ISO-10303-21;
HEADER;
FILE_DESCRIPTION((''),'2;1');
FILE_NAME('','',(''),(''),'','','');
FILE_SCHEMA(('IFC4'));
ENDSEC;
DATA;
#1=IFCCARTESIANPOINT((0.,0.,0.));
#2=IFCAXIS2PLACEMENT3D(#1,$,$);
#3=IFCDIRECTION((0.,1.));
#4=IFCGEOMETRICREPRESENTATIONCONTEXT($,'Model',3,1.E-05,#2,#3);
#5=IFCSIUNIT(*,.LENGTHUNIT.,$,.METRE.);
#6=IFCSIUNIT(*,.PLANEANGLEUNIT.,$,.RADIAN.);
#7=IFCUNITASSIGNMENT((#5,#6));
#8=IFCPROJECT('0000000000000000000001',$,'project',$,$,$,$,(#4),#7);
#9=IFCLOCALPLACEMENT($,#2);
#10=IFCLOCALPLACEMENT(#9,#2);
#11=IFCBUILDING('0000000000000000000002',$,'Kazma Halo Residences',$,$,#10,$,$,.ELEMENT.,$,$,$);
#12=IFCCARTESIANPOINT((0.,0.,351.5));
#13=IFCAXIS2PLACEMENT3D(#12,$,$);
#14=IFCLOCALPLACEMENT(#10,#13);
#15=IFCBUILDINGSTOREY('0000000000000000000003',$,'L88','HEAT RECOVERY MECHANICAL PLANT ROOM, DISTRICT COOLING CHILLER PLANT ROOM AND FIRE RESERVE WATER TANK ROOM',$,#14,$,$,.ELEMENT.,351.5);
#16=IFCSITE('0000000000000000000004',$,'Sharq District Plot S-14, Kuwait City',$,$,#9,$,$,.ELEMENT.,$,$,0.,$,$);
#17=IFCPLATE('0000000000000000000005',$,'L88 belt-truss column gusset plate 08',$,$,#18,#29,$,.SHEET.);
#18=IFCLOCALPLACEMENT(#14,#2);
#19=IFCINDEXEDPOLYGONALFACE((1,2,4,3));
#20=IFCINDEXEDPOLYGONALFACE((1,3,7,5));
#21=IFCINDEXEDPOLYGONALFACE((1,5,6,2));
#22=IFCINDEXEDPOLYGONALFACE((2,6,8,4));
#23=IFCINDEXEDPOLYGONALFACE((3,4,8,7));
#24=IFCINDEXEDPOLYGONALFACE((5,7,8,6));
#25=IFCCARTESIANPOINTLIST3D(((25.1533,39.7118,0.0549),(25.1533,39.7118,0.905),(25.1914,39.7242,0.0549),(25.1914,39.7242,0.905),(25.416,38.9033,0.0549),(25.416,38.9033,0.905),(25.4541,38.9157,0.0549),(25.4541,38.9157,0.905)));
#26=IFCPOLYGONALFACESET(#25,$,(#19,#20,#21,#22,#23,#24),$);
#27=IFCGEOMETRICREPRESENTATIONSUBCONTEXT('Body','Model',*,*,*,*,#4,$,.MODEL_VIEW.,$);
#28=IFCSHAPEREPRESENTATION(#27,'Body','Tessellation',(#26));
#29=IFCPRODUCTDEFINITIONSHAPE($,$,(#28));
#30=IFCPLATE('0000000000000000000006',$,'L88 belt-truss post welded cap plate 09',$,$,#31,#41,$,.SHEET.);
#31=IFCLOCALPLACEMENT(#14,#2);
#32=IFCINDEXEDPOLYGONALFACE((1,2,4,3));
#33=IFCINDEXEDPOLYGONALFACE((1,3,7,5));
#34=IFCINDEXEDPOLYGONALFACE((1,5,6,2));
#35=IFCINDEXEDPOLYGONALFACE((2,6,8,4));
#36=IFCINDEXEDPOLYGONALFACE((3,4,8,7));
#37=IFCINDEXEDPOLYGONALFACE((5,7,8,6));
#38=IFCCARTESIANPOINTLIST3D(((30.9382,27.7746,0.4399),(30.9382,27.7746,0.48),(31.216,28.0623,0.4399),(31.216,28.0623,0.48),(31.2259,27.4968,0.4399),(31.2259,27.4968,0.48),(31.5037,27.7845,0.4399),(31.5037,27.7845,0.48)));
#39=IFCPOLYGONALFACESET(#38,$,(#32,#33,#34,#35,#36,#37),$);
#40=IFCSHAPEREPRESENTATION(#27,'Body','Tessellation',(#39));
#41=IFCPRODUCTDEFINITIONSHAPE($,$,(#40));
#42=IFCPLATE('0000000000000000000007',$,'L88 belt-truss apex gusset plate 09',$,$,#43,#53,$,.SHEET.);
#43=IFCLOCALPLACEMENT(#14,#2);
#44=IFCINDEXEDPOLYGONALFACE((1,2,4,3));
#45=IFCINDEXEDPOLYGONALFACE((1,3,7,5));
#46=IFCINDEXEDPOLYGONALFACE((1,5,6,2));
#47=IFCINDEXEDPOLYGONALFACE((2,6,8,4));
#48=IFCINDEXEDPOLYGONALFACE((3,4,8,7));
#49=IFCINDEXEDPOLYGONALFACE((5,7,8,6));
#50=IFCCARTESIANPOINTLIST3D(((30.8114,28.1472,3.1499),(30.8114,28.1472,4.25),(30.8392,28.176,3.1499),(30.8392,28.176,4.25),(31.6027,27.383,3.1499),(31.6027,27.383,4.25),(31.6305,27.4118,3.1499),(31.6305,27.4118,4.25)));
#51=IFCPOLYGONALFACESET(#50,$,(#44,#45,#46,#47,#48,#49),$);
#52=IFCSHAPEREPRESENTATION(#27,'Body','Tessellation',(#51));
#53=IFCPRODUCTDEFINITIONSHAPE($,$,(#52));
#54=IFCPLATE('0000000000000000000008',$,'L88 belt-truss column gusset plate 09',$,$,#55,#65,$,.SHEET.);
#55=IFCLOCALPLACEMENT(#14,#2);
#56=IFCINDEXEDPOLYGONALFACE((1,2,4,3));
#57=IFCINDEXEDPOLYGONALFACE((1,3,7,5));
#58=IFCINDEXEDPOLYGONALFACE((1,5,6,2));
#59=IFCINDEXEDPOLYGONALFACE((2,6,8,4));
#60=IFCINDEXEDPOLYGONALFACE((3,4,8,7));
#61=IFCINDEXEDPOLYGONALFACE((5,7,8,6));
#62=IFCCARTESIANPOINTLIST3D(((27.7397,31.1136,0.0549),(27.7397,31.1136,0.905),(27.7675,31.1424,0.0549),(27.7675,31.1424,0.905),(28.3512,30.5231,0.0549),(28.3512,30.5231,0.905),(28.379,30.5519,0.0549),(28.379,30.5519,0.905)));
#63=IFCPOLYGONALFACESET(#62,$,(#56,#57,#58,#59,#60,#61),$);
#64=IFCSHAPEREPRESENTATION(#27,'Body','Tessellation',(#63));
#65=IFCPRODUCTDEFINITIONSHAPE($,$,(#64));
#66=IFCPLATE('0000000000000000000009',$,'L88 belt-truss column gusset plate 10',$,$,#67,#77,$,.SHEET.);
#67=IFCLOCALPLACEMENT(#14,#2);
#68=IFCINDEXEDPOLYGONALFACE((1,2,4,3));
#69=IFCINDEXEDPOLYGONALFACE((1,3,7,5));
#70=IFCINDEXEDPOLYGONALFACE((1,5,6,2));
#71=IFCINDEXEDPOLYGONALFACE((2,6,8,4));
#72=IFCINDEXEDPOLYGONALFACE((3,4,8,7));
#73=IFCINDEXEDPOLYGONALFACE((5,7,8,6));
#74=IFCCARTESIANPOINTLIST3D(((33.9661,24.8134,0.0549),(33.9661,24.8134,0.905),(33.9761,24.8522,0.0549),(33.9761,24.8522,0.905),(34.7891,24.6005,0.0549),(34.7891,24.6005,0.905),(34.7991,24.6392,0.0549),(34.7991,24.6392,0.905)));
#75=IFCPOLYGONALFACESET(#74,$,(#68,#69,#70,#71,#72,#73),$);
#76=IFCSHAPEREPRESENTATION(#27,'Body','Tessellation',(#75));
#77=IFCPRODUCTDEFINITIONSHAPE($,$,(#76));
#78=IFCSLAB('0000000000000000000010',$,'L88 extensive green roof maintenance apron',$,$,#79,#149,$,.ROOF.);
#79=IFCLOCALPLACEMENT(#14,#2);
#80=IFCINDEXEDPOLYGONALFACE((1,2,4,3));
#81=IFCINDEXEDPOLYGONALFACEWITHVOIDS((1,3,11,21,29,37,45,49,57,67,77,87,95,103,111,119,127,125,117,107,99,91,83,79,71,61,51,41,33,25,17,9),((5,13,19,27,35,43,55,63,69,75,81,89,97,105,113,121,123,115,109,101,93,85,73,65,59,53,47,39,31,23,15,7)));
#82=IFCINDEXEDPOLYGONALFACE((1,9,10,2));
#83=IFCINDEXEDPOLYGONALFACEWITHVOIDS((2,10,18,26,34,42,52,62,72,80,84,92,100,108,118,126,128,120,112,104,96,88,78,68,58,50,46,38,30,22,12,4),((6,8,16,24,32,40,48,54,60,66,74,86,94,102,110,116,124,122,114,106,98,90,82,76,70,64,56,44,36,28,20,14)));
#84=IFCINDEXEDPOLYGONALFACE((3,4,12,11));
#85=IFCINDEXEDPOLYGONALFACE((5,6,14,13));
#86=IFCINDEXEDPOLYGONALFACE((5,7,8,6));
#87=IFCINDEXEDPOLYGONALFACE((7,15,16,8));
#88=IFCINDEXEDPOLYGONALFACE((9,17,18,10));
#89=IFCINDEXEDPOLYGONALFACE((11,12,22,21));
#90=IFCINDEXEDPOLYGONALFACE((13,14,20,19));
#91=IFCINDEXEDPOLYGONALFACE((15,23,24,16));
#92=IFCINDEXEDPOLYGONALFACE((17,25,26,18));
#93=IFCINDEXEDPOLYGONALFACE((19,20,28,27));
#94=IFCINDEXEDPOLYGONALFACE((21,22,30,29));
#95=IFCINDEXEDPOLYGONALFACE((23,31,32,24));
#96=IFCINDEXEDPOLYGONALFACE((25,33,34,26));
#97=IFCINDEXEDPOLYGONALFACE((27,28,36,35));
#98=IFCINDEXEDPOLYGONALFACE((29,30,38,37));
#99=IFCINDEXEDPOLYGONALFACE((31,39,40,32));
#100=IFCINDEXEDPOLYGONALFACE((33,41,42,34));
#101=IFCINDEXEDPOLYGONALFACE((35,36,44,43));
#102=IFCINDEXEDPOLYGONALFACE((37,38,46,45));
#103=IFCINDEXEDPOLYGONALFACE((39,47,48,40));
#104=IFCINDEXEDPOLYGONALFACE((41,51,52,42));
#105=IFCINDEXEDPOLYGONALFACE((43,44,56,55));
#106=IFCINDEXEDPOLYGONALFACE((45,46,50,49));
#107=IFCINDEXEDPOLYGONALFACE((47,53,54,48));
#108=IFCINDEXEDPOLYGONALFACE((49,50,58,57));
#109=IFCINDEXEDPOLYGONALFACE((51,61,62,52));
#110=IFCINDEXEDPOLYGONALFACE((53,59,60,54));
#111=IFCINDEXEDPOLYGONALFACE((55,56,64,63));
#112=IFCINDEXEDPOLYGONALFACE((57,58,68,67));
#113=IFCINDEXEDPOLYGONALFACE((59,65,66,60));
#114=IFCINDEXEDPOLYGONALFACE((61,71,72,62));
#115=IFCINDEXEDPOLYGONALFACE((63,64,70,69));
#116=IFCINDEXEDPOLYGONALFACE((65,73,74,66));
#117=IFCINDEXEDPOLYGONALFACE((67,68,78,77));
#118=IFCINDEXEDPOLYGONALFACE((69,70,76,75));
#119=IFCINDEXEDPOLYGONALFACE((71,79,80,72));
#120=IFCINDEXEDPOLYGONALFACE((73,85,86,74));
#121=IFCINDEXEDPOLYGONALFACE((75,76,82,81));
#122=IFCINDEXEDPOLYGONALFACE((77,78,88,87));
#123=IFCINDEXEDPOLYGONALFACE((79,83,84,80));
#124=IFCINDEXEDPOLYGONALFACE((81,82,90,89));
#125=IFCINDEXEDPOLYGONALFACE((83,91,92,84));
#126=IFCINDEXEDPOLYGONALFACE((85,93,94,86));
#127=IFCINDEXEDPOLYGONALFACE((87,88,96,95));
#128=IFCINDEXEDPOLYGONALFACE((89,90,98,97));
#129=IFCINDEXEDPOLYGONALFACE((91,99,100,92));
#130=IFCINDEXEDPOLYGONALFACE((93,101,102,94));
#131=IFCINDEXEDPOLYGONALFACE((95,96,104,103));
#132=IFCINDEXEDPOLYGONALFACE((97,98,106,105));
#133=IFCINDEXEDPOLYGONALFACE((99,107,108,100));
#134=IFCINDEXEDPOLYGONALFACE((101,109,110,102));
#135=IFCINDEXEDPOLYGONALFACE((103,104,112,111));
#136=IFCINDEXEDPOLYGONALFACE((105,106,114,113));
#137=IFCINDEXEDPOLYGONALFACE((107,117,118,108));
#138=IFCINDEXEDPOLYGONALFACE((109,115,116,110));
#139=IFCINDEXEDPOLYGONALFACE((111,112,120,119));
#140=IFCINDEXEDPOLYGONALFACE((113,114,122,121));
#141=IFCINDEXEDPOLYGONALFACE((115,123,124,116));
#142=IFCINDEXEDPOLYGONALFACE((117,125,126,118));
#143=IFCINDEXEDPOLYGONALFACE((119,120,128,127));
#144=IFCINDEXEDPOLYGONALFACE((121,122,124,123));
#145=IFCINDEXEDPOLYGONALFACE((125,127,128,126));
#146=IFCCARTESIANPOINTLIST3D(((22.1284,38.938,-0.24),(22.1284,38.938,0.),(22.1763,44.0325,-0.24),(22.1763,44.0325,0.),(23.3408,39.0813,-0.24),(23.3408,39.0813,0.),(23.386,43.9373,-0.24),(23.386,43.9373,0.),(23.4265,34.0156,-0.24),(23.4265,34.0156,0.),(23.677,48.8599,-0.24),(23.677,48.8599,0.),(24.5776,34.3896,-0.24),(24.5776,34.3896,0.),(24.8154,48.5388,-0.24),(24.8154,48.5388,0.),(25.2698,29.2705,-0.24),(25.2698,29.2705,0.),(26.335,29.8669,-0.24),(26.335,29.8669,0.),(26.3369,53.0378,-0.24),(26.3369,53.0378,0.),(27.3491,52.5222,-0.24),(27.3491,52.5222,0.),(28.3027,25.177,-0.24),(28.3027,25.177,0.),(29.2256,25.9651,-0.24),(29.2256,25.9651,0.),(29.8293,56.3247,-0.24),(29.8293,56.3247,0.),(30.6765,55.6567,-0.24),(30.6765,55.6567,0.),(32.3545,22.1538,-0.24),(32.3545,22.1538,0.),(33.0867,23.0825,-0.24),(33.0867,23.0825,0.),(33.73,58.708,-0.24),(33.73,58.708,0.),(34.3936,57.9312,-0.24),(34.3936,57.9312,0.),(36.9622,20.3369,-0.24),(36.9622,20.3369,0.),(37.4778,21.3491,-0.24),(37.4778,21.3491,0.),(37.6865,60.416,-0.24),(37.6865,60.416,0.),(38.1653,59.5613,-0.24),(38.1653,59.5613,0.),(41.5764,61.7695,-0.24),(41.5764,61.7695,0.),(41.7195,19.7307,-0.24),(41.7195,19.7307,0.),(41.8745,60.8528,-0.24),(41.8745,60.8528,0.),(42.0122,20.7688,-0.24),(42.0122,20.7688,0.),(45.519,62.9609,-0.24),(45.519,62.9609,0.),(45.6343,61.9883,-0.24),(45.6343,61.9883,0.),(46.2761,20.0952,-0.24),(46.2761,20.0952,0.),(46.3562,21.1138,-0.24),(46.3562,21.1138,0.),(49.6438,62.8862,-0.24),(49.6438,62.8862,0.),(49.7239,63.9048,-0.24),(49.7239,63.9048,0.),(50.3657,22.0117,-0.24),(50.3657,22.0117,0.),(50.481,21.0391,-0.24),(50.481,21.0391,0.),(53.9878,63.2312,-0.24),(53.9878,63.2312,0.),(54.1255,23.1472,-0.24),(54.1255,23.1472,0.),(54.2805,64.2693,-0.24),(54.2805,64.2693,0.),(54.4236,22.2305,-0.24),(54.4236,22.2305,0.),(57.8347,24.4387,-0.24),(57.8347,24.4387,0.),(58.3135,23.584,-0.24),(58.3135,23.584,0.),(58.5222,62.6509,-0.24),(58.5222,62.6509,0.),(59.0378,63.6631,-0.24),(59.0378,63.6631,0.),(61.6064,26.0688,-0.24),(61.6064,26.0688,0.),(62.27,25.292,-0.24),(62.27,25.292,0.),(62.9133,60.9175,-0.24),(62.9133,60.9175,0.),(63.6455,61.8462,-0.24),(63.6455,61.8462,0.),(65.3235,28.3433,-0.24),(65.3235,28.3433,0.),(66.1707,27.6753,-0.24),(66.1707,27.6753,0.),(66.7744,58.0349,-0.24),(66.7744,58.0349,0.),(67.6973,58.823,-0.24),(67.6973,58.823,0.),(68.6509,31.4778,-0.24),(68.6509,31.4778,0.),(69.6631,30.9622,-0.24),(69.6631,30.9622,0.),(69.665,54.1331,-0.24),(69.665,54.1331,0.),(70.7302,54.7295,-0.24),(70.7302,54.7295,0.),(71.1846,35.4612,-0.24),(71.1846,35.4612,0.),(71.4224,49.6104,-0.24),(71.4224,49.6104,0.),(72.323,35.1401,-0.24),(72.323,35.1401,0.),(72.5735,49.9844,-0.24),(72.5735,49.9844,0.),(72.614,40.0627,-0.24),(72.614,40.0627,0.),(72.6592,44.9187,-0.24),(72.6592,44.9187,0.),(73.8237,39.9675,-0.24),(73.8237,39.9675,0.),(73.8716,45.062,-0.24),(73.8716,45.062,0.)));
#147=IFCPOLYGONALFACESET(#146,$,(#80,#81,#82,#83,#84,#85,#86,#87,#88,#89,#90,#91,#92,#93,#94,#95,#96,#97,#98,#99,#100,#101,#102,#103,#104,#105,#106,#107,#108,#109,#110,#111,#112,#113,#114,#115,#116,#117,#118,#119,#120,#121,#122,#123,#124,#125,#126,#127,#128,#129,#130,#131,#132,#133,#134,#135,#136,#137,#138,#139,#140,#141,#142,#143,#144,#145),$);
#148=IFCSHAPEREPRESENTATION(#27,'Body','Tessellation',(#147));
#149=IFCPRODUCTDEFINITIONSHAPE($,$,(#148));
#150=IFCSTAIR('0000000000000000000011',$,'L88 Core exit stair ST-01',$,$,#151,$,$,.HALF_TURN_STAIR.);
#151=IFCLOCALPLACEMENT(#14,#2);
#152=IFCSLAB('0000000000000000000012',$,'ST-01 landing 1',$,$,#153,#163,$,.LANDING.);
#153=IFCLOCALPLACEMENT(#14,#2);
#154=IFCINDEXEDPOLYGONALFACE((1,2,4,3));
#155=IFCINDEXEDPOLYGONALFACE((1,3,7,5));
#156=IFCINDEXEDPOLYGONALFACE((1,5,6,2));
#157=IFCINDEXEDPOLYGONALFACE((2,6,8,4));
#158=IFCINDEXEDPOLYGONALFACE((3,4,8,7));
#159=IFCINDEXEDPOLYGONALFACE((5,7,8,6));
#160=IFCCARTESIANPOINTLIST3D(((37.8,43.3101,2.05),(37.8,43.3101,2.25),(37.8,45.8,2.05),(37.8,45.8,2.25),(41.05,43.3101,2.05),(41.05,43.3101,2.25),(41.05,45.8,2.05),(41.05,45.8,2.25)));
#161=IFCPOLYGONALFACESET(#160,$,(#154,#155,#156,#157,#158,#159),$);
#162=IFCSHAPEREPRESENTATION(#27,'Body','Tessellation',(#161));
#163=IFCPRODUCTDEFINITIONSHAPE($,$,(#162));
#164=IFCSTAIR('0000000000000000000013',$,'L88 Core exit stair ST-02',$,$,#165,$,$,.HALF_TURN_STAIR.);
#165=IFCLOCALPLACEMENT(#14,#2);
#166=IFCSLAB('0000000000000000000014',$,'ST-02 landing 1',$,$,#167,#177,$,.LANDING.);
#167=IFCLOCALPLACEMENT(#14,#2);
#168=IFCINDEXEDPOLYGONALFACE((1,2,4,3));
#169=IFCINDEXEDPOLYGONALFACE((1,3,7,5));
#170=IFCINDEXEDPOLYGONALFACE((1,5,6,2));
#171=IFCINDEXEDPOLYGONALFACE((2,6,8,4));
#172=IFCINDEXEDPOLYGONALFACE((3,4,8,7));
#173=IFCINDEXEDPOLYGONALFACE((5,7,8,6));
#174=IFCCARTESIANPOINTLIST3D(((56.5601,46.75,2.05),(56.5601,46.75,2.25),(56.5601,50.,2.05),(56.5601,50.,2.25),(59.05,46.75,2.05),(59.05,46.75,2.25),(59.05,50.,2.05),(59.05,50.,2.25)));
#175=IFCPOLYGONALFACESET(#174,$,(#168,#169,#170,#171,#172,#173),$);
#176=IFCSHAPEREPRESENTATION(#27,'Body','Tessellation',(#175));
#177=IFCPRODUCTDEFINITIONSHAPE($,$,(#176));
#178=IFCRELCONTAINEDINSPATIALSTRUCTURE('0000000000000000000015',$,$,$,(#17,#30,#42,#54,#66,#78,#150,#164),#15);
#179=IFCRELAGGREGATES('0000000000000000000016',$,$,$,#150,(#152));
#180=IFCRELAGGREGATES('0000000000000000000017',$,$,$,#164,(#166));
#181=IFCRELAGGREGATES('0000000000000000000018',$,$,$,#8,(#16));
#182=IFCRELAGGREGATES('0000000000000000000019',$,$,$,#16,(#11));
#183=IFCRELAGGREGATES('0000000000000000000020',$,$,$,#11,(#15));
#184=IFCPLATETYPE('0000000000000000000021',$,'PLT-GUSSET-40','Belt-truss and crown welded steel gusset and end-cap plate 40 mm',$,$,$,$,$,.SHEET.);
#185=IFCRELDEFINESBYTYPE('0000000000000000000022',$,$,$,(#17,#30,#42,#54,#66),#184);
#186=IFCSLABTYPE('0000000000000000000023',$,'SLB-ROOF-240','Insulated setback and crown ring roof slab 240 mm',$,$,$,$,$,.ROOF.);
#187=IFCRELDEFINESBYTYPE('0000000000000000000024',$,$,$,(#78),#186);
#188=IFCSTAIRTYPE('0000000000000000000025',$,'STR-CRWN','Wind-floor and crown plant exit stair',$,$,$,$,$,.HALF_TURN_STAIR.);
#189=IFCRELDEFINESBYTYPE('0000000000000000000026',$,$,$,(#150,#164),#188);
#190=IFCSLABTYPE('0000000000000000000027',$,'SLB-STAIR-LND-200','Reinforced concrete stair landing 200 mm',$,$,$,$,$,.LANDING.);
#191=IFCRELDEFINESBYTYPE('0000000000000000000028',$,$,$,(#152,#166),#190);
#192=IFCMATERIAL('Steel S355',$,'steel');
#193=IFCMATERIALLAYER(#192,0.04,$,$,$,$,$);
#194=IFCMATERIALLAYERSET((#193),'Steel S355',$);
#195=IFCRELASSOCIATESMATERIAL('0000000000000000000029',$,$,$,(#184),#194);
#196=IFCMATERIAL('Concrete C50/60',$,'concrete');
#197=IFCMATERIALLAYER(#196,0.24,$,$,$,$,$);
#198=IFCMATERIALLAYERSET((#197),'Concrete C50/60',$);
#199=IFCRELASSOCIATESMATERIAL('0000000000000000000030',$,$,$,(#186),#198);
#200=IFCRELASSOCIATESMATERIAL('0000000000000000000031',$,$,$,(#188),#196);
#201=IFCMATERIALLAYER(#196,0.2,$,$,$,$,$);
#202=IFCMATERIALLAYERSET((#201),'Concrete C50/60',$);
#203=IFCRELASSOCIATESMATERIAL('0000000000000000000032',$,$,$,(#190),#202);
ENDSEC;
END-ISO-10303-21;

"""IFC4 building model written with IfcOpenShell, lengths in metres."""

from ifc_helpers import new_model, si_unit, direction, frame, origin, origin_2d, place, context, subcontext, project, spatial, polyline, rectangle, outline, extrude, material, layer, layer_set, type_object, element, aggregate, save


model = new_model("IFC4")

# Units and contexts
model_context = context("Model", 3, precision=1e-05, world=origin(), true_north=direction((0.0, 1.0)))
body_context = subcontext(model_context, "Body", "Model", "MODEL_VIEW")
ifc_project = project(units=[si_unit("LENGTHUNIT", "METRE"), si_unit("PLANEANGLEUNIT", "RADIAN")], contexts=[model_context])

# Site, building, storey
site_placement = place(None, origin())
site = spatial("IfcSite", under=ifc_project, at=site_placement, Name="Sharq District Plot S-14, Kuwait City", CompositionType="ELEMENT", RefElevation=0.0)
building_placement = place(site_placement, origin())
building = spatial("IfcBuilding", under=site, at=building_placement, Name="Kazma Halo Residences", CompositionType="ELEMENT")
storey_placement = place(building_placement, frame((0.0, 0.0, 351.5)))
storey = spatial("IfcBuildingStorey", under=building, at=storey_placement, Name="L88", Description="HEAT RECOVERY MECHANICAL PLANT ROOM, DISTRICT COOLING CHILLER PLANT ROOM AND FIRE RESERVE WATER TANK ROOM", CompositionType="ELEMENT", Elevation=351.5)

# Shared definitions
ifc_material_1 = material(Name="Steel S355", Category="steel")

# Plates
ifc_layer_1 = layer(ifc_material_1, 0.04)
ifc_layer_set_1 = layer_set([ifc_layer_1], Name="Steel S355")
plate_type_1 = type_object("IfcPlateType", Name="PLT-GUSSET-40", Description="Belt-truss and crown welded steel gusset and end-cap plate 40 mm", PredefinedType="SHEET", material=ifc_layer_set_1)
plate_1_placement = place(storey_placement, frame((25.3037, 39.3137, 0.0549), z_axis=(0.0, 0.0, 1.0), x_axis=(0.309023, -0.951055, 0.0)))
element("IfcPlate", 1, at=plate_1_placement, inside=storey, type_object=plate_type_1, Name="L88 belt-truss column gusset plate 08", PredefinedType="SHEET", context=body_context, shape_type="SweptSolid", body=[
    extrude(rectangle(XDim=0.8501, YDim=0.04, at=origin_2d()), origin(), (0.0, 0.0, 1.0), 0.8501),
])
plate_2_placement = place(storey_placement, frame((31.2209, 27.7795, 0.4399), z_axis=(0.0, 0.0, 1.0), x_axis=(0.719342, -0.694656, 0.0)))
element("IfcPlate", 2, at=plate_2_placement, inside=storey, type_object=plate_type_1, Name="L88 belt-truss post welded cap plate 09", PredefinedType="SHEET", context=body_context, shape_type="SweptSolid", body=[
    extrude(rectangle(XDim=0.3999, YDim=0.3999, at=origin_2d()), origin(), (0.0, 0.0, 1.0), 0.04),
])
plate_3_placement = place(storey_placement, frame((31.2209, 27.7795, 3.1499), z_axis=(0.0, 0.0, 1.0), x_axis=(0.719342, -0.694656, 0.0)))
element("IfcPlate", 3, at=plate_3_placement, inside=storey, type_object=plate_type_1, Name="L88 belt-truss apex gusset plate 09", PredefinedType="SHEET", context=body_context, shape_type="SweptSolid", body=[
    extrude(rectangle(XDim=1.1001, YDim=0.04, at=origin_2d()), origin(), (0.0, 0.0, 1.0), 1.1001),
])
for number, where, z_axis, x_axis, name in (
    (4, (28.0593, 30.8328, 0.0549), (0.0, 0.0, 1.0), (0.719342, -0.694656, 0.0), "L88 belt-truss column gusset plate 09"),
    (5, (34.3826, 24.7263, 0.0549), (0.0, 0.0, 1.0), (0.968124, -0.25047, 0.0), "L88 belt-truss column gusset plate 10"),
):
    element("IfcPlate", number, at=place(storey_placement, frame(where, z_axis=z_axis, x_axis=x_axis)), inside=storey, type_object=plate_type_1, Name=name, PredefinedType="SHEET", context=body_context, shape_type="SweptSolid", body=[
        extrude(rectangle(XDim=0.8501, YDim=0.04, at=origin_2d()), origin(), (0.0, 0.0, 1.0), 0.8501),
    ])

# Slab
ifc_material_2 = material(Name="Concrete C50/60", Category="concrete")
ifc_layer_2 = layer(ifc_material_2, 0.24)
ifc_layer_set_2 = layer_set([ifc_layer_2], Name="Concrete C50/60")
slab_type_1 = type_object("IfcSlabType", Name="SLB-ROOF-240", Description="Insulated setback and crown ring roof slab 240 mm", PredefinedType="ROOF", material=ifc_layer_set_2)
slab_1_placement = place(storey_placement, frame((0.0, 0.0, -0.24)))
element("IfcSlab", 6, at=slab_1_placement, inside=storey, type_object=slab_type_1, Name="L88 extensive green roof maintenance apron", PredefinedType="ROOF", context=body_context, shape_type="SweptSolid", body=[
    extrude(outline(polyline([(72.5735, 49.9844), (70.7302, 54.7295), (67.6973, 58.823), (63.6455, 61.8462), (59.0378, 63.6631), (54.2805, 64.2693), (49.7239, 63.9048), (45.519, 62.9609), (41.5764, 61.7695), (37.6865, 60.416), (33.73, 58.708), (29.8293, 56.3247), (26.3369, 53.0378), (23.677, 48.8599), (22.1763, 44.0325), (22.1284, 38.938), (23.4265, 34.0156), (25.2698, 29.2705), (28.3027, 25.177), (32.3545, 22.1538), (36.9622, 20.3369), (41.7195, 19.7307), (46.2761, 20.0952), (50.481, 21.0391), (54.4236, 22.2305), (58.3135, 23.584), (62.27, 25.292), (66.1707, 27.6753), (69.6631, 30.9622), (72.323, 35.1401), (73.8237, 39.9675), (73.8716, 45.062), (72.5735, 49.9844)]), holes=[polyline([(71.4224, 49.6104), (69.665, 54.1331), (66.7744, 58.0349), (62.9133, 60.9175), (58.5222, 62.6509), (53.9878, 63.2312), (49.6438, 62.8862), (45.6343, 61.9883), (41.8745, 60.8528), (38.1653, 59.5613), (34.3936, 57.9312), (30.6765, 55.6567), (27.3491, 52.5222), (24.8154, 48.5388), (23.386, 43.9373), (23.3408, 39.0813), (24.5776, 34.3896), (26.335, 29.8669), (29.2256, 25.9651), (33.0867, 23.0825), (37.4778, 21.3491), (42.0122, 20.7688), (46.3562, 21.1138), (50.3657, 22.0117), (54.1255, 23.1472), (57.8347, 24.4387), (61.6064, 26.0688), (65.3235, 28.3433), (68.6509, 31.4778), (71.1846, 35.4612), (72.614, 40.0627), (72.6592, 44.9187), (71.4224, 49.6104)])]), origin(), (0.0, 0.0, 1.0), 0.24),
])

# Stairs, slabs
stair_type = type_object("IfcStairType", Name="STR-CRWN", Description="Wind-floor and crown plant exit stair", PredefinedType="HALF_TURN_STAIR", material=ifc_material_2)
stair_1_placement = place(storey_placement, origin())
stair_1 = element("IfcStair", 7, at=stair_1_placement, inside=storey, type_object=stair_type, Name="L88 Core exit stair ST-01", PredefinedType="HALF_TURN_STAIR")
ifc_layer_3 = layer(ifc_material_2, 0.2)
ifc_layer_set_3 = layer_set([ifc_layer_3], Name="Concrete C50/60")
slab_type_2 = type_object("IfcSlabType", Name="SLB-STAIR-LND-200", Description="Reinforced concrete stair landing 200 mm", PredefinedType="LANDING", material=ifc_layer_set_3)
slab_2_placement = place(storey_placement, frame((0.0, 0.0, 2.05)))
slab_2 = element("IfcSlab", 8, at=slab_2_placement, type_object=slab_type_2, Name="ST-01 landing 1", PredefinedType="LANDING", context=body_context, shape_type="SweptSolid", body=[
    extrude(outline(polyline([(41.05, 43.3101), (41.05, 45.8), (37.8, 45.8), (37.8, 43.3101), (41.05, 43.3101)])), origin(), (0.0, 0.0, 1.0), 0.2),
])
aggregate(stair_1, [slab_2])
stair_2_placement = place(storey_placement, origin())
stair_2 = element("IfcStair", 9, at=stair_2_placement, inside=storey, type_object=stair_type, Name="L88 Core exit stair ST-02", PredefinedType="HALF_TURN_STAIR")
slab_3_placement = place(storey_placement, frame((0.0, 0.0, 2.05)))
slab_3 = element("IfcSlab", 10, at=slab_3_placement, type_object=slab_type_2, Name="ST-02 landing 1", PredefinedType="LANDING", context=body_context, shape_type="SweptSolid", body=[
    extrude(outline(polyline([(56.5601, 46.75), (59.05, 46.75), (59.05, 50.0), (56.5601, 50.0), (56.5601, 46.75)])), origin(), (0.0, 0.0, 1.0), 0.2),
])
aggregate(stair_2, [slab_3])

save(model, "model.ifc")
